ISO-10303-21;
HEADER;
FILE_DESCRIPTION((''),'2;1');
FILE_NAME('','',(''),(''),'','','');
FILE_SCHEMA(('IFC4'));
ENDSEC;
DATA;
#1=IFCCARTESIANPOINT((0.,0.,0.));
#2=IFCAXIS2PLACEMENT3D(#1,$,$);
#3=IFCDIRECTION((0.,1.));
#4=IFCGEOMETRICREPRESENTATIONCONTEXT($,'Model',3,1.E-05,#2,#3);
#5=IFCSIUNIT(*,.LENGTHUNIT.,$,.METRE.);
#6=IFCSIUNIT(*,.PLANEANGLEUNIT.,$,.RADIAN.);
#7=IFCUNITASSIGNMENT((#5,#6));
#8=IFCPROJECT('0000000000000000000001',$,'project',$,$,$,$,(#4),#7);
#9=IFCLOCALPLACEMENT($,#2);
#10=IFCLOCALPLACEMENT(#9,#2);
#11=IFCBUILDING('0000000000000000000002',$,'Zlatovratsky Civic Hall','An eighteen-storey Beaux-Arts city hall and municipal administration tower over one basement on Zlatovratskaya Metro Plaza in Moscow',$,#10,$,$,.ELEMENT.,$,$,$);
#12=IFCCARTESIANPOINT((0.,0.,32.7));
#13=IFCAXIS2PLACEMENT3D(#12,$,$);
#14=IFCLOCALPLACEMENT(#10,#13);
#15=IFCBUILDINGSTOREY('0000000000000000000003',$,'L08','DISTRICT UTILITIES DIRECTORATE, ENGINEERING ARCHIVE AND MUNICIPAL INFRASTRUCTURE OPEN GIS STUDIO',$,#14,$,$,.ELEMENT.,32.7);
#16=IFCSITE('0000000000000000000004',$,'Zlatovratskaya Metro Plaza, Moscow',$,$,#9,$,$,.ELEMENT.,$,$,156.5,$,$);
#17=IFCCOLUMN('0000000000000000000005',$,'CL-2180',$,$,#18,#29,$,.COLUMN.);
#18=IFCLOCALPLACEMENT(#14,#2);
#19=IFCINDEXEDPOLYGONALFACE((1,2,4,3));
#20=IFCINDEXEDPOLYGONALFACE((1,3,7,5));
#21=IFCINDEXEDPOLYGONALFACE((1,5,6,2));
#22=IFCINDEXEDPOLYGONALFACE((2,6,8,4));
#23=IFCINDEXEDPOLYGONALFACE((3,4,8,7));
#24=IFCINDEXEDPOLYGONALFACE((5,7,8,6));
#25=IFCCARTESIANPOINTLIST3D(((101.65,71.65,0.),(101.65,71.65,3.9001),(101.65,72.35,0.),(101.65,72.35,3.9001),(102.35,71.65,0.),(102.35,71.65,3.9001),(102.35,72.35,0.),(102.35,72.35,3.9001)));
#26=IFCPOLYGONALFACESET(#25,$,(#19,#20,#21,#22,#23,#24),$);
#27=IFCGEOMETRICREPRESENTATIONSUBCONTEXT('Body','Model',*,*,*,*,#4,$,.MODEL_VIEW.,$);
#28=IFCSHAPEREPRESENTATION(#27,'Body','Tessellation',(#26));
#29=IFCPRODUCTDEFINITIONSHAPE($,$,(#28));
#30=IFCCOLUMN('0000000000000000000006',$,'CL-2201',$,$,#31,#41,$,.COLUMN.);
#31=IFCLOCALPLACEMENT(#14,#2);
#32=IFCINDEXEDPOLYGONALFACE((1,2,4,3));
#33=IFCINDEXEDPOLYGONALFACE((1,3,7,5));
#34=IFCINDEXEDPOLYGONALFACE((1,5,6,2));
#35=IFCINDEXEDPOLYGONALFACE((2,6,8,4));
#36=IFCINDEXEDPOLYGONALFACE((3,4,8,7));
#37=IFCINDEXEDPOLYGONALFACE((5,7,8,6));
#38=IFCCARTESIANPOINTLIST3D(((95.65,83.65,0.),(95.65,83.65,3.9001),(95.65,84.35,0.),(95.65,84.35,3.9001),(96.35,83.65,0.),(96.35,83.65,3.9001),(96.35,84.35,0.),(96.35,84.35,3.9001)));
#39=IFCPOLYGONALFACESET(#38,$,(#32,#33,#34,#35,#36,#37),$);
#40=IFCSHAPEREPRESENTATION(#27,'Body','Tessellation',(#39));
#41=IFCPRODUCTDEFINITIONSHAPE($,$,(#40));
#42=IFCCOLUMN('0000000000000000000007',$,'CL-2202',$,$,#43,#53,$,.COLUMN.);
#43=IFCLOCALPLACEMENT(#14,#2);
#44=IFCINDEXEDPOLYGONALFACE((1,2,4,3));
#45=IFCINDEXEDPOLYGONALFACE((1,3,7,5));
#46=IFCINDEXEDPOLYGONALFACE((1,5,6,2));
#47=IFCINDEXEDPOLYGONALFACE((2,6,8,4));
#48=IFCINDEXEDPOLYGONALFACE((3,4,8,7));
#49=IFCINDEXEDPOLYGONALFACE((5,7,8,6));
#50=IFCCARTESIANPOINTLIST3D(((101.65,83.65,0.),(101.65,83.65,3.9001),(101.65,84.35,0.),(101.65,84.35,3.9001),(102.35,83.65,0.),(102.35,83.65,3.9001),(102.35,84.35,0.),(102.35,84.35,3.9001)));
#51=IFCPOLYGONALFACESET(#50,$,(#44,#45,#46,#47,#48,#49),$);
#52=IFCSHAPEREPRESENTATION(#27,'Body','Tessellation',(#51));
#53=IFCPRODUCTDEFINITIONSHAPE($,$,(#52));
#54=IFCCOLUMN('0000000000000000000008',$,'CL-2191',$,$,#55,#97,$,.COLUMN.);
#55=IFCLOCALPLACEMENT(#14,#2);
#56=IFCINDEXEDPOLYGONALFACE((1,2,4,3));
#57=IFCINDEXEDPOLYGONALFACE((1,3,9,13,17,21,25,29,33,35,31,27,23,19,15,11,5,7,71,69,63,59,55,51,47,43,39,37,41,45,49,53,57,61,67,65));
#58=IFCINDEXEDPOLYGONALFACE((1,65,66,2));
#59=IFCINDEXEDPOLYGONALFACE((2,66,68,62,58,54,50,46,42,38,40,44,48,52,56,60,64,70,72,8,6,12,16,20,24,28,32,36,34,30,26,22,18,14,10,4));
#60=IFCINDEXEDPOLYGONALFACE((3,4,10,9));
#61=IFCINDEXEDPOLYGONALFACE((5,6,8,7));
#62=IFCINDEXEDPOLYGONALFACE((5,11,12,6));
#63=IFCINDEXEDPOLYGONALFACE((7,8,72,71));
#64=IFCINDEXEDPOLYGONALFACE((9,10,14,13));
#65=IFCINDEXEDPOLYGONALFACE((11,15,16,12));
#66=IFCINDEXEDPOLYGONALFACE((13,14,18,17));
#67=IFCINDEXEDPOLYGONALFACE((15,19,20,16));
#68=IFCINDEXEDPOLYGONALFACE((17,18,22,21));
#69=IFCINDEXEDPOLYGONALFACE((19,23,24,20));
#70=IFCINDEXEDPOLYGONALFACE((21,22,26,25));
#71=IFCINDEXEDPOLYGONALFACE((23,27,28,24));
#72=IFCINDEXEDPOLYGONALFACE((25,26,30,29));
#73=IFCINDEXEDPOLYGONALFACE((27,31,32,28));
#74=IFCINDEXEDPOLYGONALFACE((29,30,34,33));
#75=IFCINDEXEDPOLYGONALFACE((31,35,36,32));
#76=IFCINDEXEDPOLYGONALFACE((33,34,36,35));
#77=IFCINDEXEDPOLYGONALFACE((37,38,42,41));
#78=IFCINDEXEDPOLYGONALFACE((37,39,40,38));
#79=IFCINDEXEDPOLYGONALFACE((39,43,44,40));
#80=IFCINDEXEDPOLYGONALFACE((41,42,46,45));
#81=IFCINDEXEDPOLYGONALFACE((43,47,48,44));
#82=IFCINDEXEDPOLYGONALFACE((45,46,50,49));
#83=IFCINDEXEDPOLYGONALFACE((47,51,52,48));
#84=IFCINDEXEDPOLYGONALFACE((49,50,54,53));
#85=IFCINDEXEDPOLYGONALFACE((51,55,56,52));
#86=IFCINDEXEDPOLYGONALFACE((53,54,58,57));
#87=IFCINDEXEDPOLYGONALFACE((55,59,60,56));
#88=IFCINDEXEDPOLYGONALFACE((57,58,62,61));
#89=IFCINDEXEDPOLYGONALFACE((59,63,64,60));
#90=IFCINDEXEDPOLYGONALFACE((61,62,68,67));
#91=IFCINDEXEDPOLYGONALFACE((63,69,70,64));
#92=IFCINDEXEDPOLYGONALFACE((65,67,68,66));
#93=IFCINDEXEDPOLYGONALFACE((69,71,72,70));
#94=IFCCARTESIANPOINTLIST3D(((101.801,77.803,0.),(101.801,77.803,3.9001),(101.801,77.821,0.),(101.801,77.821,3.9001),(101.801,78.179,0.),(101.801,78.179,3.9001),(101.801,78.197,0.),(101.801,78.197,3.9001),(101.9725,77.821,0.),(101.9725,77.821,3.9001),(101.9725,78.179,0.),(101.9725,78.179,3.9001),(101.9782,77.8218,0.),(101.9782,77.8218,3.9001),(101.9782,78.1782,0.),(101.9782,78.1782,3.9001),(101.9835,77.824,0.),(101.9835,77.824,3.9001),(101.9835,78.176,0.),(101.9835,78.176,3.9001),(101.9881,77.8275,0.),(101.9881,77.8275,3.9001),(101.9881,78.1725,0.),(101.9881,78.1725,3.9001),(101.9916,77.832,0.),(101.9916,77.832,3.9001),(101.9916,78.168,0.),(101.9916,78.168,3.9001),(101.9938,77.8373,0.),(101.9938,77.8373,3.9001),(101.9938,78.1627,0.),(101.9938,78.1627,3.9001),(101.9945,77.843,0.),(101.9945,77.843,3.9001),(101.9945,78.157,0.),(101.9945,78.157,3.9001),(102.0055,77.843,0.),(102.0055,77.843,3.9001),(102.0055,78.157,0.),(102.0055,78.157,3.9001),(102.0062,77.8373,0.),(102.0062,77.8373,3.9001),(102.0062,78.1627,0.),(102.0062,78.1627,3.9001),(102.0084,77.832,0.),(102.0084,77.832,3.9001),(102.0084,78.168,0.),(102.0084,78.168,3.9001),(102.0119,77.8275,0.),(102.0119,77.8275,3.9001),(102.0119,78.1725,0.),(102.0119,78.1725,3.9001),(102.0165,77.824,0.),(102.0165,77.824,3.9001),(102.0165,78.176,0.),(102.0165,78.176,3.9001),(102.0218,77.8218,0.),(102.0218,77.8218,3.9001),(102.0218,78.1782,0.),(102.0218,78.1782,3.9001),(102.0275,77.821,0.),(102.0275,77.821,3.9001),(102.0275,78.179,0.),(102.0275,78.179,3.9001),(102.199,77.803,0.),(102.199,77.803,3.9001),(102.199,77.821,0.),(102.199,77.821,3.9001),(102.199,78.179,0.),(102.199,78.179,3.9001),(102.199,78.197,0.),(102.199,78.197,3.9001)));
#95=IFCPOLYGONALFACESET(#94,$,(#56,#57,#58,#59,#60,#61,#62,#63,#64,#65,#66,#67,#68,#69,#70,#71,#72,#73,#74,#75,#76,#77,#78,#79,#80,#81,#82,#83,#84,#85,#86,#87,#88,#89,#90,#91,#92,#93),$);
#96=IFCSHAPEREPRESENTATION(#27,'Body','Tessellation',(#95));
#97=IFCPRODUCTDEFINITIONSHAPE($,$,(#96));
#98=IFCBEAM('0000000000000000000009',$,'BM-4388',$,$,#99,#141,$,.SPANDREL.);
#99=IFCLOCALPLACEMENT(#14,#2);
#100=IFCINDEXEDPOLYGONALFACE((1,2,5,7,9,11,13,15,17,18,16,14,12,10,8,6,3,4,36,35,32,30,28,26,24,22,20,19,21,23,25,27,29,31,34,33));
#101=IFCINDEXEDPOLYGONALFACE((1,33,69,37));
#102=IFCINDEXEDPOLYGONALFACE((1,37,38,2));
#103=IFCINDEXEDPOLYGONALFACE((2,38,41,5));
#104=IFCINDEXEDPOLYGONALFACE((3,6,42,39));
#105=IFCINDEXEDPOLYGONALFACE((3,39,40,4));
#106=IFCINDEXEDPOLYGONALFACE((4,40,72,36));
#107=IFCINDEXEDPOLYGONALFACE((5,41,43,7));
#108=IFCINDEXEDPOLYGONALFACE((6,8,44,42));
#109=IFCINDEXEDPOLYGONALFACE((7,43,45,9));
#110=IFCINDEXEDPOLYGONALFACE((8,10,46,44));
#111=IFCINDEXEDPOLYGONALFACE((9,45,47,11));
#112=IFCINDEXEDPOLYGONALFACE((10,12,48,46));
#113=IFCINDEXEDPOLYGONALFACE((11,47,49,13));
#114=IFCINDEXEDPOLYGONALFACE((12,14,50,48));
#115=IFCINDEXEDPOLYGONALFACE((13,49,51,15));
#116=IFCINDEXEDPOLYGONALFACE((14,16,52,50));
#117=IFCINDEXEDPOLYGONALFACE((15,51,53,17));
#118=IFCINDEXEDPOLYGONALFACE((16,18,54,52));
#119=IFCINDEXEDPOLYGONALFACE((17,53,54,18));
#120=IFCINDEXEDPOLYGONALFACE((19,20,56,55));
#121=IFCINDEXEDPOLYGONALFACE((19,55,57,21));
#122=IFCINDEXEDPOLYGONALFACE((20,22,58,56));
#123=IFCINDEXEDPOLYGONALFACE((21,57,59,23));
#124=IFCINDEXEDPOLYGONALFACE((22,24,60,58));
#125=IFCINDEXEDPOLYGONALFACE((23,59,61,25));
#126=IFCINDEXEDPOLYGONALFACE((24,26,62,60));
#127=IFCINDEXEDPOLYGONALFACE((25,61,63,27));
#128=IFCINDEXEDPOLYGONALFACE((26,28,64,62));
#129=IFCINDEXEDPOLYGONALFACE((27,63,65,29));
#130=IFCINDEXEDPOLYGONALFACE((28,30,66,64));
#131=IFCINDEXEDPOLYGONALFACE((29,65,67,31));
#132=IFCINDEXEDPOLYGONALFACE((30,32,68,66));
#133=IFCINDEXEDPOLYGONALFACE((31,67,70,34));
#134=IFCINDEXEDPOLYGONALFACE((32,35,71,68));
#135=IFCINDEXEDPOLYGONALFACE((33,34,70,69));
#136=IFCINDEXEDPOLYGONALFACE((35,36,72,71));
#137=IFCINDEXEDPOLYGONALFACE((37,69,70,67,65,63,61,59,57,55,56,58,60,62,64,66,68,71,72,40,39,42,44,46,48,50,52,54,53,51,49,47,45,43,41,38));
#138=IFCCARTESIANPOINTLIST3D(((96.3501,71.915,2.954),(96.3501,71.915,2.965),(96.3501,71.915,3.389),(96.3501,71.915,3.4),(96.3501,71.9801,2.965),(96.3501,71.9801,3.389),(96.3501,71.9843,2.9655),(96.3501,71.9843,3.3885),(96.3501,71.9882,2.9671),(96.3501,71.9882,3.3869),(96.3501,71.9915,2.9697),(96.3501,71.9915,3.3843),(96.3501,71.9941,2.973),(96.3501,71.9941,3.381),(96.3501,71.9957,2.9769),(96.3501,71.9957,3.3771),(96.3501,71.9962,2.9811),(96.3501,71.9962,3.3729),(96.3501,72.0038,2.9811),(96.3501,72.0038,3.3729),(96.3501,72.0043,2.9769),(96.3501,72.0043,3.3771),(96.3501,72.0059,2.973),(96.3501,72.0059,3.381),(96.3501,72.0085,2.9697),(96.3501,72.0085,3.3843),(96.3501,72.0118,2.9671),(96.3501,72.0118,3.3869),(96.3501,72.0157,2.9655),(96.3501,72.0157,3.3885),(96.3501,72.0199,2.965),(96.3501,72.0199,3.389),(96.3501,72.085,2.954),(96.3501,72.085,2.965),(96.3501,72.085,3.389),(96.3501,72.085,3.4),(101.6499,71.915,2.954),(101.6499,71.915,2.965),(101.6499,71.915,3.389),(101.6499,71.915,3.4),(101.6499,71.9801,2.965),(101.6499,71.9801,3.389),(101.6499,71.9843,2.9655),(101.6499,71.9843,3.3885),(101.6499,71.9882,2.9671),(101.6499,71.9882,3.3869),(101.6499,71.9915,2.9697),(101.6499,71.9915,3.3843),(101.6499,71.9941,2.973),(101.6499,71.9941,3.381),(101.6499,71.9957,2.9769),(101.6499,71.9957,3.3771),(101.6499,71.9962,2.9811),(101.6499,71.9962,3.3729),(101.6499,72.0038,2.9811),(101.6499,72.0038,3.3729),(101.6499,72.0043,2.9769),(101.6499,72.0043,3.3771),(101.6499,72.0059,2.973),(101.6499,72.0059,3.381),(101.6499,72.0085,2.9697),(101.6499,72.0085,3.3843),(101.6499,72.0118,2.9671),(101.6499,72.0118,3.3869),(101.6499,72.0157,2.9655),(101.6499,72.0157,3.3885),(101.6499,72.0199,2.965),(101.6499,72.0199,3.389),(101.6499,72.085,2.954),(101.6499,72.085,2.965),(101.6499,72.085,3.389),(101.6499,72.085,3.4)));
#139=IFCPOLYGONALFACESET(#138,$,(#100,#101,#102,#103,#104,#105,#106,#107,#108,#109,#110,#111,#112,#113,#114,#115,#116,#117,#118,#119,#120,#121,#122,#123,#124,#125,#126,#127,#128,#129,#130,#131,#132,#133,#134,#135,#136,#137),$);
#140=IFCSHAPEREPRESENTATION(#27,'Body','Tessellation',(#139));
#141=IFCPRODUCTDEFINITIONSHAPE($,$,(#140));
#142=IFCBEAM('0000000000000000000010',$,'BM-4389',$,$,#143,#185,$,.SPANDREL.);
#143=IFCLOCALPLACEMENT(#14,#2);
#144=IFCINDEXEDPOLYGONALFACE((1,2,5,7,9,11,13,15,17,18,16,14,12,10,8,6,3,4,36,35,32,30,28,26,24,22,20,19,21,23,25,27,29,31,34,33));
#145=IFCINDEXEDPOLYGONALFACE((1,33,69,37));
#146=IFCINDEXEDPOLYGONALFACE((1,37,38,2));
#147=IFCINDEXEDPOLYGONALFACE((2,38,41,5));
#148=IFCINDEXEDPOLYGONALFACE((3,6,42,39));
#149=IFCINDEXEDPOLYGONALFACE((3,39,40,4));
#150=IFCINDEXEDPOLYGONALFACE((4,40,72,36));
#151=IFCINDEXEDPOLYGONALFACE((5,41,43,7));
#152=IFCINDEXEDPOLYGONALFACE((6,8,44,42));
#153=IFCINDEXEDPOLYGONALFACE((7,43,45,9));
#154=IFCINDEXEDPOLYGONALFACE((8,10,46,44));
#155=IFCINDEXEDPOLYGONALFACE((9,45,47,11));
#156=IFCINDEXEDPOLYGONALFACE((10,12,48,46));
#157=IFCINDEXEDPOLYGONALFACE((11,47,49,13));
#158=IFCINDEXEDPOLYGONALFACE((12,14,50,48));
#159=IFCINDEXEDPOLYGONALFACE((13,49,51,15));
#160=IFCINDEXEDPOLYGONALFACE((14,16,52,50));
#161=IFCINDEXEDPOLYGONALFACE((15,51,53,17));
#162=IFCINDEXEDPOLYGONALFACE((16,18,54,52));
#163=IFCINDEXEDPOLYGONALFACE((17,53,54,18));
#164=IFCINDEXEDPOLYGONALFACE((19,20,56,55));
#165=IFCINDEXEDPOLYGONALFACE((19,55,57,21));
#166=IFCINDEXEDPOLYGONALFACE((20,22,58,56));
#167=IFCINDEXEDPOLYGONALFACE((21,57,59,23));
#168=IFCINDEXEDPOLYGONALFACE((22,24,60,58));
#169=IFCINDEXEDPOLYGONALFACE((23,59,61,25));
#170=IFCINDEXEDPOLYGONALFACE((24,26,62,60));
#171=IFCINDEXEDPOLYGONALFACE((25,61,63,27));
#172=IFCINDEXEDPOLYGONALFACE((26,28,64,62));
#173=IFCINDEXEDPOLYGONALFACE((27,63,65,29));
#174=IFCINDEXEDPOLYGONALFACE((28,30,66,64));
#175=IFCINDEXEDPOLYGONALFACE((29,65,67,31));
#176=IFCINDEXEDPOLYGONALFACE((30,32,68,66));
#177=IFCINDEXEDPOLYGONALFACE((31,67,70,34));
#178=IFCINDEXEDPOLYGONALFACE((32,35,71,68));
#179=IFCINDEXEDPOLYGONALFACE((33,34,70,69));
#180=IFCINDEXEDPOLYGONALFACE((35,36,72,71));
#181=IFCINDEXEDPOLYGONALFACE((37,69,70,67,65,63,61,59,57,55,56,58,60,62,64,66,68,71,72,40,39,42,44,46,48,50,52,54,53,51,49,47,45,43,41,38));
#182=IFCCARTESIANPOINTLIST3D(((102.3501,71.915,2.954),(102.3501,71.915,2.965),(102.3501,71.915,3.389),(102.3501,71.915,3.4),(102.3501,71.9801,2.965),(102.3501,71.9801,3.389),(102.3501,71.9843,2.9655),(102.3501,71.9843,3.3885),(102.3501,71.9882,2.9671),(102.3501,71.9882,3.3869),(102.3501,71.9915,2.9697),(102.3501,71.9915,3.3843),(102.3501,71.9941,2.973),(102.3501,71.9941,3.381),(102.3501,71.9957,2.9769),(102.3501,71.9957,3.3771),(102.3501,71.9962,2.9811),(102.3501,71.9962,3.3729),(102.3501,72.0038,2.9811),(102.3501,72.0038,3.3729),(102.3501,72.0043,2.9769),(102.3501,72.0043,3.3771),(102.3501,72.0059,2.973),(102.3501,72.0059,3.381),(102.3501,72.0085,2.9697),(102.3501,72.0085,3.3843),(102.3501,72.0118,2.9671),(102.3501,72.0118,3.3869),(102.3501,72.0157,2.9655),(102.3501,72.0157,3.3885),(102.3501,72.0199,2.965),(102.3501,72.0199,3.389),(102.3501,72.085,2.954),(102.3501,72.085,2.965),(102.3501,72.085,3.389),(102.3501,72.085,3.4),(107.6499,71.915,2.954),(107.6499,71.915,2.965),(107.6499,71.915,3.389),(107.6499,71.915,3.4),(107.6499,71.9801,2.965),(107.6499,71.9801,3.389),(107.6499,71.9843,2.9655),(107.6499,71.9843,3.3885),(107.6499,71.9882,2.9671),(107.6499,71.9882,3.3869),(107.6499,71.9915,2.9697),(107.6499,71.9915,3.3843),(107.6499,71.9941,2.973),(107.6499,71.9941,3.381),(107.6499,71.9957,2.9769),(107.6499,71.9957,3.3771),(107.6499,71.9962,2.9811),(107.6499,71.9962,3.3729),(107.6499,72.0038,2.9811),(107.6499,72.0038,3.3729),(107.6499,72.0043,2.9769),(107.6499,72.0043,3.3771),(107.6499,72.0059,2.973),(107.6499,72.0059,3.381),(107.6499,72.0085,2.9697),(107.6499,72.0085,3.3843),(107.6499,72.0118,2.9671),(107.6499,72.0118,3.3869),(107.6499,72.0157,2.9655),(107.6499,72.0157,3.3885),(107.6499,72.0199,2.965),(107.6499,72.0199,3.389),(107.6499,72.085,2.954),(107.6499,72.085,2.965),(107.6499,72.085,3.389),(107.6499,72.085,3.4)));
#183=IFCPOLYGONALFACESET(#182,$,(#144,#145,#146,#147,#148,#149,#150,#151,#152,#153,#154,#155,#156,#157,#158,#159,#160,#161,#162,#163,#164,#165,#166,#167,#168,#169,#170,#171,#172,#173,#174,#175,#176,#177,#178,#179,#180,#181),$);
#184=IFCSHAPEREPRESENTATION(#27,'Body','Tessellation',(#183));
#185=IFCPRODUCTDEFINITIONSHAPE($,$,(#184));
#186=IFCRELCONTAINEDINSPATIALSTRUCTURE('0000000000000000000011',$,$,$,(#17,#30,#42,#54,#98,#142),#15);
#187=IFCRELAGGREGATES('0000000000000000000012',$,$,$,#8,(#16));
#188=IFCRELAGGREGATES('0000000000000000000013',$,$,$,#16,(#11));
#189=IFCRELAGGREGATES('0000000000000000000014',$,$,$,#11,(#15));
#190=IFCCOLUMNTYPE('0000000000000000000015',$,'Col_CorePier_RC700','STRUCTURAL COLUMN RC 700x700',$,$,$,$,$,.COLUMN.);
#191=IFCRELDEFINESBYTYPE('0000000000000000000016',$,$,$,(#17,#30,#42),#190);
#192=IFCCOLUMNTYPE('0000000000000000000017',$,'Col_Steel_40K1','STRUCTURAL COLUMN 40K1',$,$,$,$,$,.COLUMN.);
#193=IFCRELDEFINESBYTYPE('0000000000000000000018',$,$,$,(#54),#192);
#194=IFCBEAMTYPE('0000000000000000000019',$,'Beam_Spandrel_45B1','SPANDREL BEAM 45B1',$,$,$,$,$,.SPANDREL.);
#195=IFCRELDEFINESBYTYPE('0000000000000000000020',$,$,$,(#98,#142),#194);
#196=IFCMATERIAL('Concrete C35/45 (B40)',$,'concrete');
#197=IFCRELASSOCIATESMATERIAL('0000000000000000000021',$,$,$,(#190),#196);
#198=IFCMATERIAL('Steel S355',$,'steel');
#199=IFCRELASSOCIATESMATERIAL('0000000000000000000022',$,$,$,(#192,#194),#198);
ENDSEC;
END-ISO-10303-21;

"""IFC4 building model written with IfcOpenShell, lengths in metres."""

from ifc_helpers import new_model, si_unit, direction, frame, origin, origin_2d, place, context, subcontext, project, spatial, rectangle, i_section, extrude, material, material_profile, profile_set, type_object, element, save


model = new_model("IFC4")

# Units and contexts
model_context = context("Model", 3, precision=1e-05, world=origin(), true_north=direction((0.0, 1.0)))
body_context = subcontext(model_context, "Body", "Model", "MODEL_VIEW")
ifc_project = project(units=[si_unit("LENGTHUNIT", "METRE"), si_unit("PLANEANGLEUNIT", "RADIAN")], contexts=[model_context])

# Site, building, storey
site_placement = place(None, origin())
site = spatial("IfcSite", under=ifc_project, at=site_placement, Name="Zlatovratskaya Metro Plaza, Moscow", CompositionType="ELEMENT", RefElevation=156.5)
building_placement = place(site_placement, origin())
building = spatial("IfcBuilding", under=site, at=building_placement, Name="Zlatovratsky Civic Hall", Description="An eighteen-storey Beaux-Arts city hall and municipal administration tower over one basement on Zlatovratskaya Metro Plaza in Moscow", CompositionType="ELEMENT")
storey_placement = place(building_placement, frame((0.0, 0.0, 32.7)))
storey = spatial("IfcBuildingStorey", under=building, at=storey_placement, Name="L08", Description="DISTRICT UTILITIES DIRECTORATE, ENGINEERING ARCHIVE AND MUNICIPAL INFRASTRUCTURE OPEN GIS STUDIO", CompositionType="ELEMENT", Elevation=32.7)

# Columns
ifc_material_1 = material(Name="Concrete C35/45 (B40)", Category="concrete")
ifc_material_profile_1 = material_profile(ifc_material_1, rectangle(XDim=0.7, YDim=0.7, at=origin_2d()), Name="RC 700x700")
ifc_profile_set_1 = profile_set([ifc_material_profile_1], Name="Concrete C35/45 (B40)")
column_type_1 = type_object("IfcColumnType", Name="Col_CorePier_RC700", Description="STRUCTURAL COLUMN RC 700x700", PredefinedType="COLUMN", material=ifc_profile_set_1)
for number, where, z_axis, x_axis, name in (
    (1, (102.0, 72.0, 0.0), (0.0, 0.0, 1.0), (1.0, 0.0, 0.0), "CL-2180"),
    (2, (96.0, 84.0, 0.0), (0.0, 0.0, 1.0), (1.0, 0.0, 0.0), "CL-2201"),
    (3, (102.0, 84.0, 0.0), (0.0, 0.0, 1.0), (1.0, 0.0, 0.0), "CL-2202"),
):
    element("IfcColumn", number, at=place(storey_placement, frame(where, z_axis=z_axis, x_axis=x_axis)), inside=storey, type_object=column_type_1, Name=name, PredefinedType="COLUMN", context=body_context, shape_type="SweptSolid", body=[
        extrude(rectangle(XDim=0.7, YDim=0.7, at=origin_2d()), origin(), (0.0, 0.0, 1.0), 3.9001),
    ])
ifc_material_2 = material(Name="Steel S355", Category="steel")
ifc_material_profile_2 = material_profile(ifc_material_2, i_section(OverallWidth=0.3979, OverallDepth=0.394, WebThickness=0.011, FlangeThickness=0.0181, FilletRadius=0.022, at=origin_2d()), Name="40K1")
ifc_profile_set_2 = profile_set([ifc_material_profile_2], Name="Steel S355")
column_type_2 = type_object("IfcColumnType", Name="Col_Steel_40K1", Description="STRUCTURAL COLUMN 40K1", PredefinedType="COLUMN", material=ifc_profile_set_2)
column_placement = place(storey_placement, frame((102.0, 78.0, 0.0), z_axis=(0.0, 0.0, 1.0), x_axis=(1.0, 0.0, 0.0)))
element("IfcColumn", 4, at=column_placement, inside=storey, type_object=column_type_2, Name="CL-2191", PredefinedType="COLUMN", context=body_context, shape_type="SweptSolid", body=[
    extrude(i_section(OverallWidth=0.3979, OverallDepth=0.394, WebThickness=0.011, FlangeThickness=0.0181, FilletRadius=0.022, at=origin_2d()), origin(), (0.0, 0.0, 1.0), 3.9001),
])

# Beams
ifc_material_profile_3 = material_profile(ifc_material_2, i_section(OverallWidth=0.1699, OverallDepth=0.446, WebThickness=0.0076, FlangeThickness=0.011, FilletRadius=0.0161, at=origin_2d()), Name="45B1")
ifc_profile_set_3 = profile_set([ifc_material_profile_3], Name="Steel S355")
beam_type_1 = type_object("IfcBeamType", Name="Beam_Spandrel_45B1", Description="SPANDREL BEAM 45B1", PredefinedType="SPANDREL", material=ifc_profile_set_3)
for number, where, z_axis, x_axis, name in (
    (5, (96.3501, 72.0, 3.177), (1.0, 0.0, 0.0), (0.0, 1.0, 0.0), "BM-4388"),
    (6, (102.3501, 72.0, 3.177), (1.0, 0.0, 0.0), (0.0, 1.0, 0.0), "BM-4389"),
):
    element("IfcBeam", number, at=place(storey_placement, frame(where, z_axis=z_axis, x_axis=x_axis)), inside=storey, type_object=beam_type_1, Name=name, PredefinedType="SPANDREL", context=body_context, shape_type="SweptSolid", body=[
        extrude(i_section(OverallWidth=0.1699, OverallDepth=0.446, WebThickness=0.0076, FlangeThickness=0.011, FilletRadius=0.0161, at=origin_2d()), origin(), (0.0, 0.0, 1.0), 5.2998),
    ])

save(model, "model.ifc")
